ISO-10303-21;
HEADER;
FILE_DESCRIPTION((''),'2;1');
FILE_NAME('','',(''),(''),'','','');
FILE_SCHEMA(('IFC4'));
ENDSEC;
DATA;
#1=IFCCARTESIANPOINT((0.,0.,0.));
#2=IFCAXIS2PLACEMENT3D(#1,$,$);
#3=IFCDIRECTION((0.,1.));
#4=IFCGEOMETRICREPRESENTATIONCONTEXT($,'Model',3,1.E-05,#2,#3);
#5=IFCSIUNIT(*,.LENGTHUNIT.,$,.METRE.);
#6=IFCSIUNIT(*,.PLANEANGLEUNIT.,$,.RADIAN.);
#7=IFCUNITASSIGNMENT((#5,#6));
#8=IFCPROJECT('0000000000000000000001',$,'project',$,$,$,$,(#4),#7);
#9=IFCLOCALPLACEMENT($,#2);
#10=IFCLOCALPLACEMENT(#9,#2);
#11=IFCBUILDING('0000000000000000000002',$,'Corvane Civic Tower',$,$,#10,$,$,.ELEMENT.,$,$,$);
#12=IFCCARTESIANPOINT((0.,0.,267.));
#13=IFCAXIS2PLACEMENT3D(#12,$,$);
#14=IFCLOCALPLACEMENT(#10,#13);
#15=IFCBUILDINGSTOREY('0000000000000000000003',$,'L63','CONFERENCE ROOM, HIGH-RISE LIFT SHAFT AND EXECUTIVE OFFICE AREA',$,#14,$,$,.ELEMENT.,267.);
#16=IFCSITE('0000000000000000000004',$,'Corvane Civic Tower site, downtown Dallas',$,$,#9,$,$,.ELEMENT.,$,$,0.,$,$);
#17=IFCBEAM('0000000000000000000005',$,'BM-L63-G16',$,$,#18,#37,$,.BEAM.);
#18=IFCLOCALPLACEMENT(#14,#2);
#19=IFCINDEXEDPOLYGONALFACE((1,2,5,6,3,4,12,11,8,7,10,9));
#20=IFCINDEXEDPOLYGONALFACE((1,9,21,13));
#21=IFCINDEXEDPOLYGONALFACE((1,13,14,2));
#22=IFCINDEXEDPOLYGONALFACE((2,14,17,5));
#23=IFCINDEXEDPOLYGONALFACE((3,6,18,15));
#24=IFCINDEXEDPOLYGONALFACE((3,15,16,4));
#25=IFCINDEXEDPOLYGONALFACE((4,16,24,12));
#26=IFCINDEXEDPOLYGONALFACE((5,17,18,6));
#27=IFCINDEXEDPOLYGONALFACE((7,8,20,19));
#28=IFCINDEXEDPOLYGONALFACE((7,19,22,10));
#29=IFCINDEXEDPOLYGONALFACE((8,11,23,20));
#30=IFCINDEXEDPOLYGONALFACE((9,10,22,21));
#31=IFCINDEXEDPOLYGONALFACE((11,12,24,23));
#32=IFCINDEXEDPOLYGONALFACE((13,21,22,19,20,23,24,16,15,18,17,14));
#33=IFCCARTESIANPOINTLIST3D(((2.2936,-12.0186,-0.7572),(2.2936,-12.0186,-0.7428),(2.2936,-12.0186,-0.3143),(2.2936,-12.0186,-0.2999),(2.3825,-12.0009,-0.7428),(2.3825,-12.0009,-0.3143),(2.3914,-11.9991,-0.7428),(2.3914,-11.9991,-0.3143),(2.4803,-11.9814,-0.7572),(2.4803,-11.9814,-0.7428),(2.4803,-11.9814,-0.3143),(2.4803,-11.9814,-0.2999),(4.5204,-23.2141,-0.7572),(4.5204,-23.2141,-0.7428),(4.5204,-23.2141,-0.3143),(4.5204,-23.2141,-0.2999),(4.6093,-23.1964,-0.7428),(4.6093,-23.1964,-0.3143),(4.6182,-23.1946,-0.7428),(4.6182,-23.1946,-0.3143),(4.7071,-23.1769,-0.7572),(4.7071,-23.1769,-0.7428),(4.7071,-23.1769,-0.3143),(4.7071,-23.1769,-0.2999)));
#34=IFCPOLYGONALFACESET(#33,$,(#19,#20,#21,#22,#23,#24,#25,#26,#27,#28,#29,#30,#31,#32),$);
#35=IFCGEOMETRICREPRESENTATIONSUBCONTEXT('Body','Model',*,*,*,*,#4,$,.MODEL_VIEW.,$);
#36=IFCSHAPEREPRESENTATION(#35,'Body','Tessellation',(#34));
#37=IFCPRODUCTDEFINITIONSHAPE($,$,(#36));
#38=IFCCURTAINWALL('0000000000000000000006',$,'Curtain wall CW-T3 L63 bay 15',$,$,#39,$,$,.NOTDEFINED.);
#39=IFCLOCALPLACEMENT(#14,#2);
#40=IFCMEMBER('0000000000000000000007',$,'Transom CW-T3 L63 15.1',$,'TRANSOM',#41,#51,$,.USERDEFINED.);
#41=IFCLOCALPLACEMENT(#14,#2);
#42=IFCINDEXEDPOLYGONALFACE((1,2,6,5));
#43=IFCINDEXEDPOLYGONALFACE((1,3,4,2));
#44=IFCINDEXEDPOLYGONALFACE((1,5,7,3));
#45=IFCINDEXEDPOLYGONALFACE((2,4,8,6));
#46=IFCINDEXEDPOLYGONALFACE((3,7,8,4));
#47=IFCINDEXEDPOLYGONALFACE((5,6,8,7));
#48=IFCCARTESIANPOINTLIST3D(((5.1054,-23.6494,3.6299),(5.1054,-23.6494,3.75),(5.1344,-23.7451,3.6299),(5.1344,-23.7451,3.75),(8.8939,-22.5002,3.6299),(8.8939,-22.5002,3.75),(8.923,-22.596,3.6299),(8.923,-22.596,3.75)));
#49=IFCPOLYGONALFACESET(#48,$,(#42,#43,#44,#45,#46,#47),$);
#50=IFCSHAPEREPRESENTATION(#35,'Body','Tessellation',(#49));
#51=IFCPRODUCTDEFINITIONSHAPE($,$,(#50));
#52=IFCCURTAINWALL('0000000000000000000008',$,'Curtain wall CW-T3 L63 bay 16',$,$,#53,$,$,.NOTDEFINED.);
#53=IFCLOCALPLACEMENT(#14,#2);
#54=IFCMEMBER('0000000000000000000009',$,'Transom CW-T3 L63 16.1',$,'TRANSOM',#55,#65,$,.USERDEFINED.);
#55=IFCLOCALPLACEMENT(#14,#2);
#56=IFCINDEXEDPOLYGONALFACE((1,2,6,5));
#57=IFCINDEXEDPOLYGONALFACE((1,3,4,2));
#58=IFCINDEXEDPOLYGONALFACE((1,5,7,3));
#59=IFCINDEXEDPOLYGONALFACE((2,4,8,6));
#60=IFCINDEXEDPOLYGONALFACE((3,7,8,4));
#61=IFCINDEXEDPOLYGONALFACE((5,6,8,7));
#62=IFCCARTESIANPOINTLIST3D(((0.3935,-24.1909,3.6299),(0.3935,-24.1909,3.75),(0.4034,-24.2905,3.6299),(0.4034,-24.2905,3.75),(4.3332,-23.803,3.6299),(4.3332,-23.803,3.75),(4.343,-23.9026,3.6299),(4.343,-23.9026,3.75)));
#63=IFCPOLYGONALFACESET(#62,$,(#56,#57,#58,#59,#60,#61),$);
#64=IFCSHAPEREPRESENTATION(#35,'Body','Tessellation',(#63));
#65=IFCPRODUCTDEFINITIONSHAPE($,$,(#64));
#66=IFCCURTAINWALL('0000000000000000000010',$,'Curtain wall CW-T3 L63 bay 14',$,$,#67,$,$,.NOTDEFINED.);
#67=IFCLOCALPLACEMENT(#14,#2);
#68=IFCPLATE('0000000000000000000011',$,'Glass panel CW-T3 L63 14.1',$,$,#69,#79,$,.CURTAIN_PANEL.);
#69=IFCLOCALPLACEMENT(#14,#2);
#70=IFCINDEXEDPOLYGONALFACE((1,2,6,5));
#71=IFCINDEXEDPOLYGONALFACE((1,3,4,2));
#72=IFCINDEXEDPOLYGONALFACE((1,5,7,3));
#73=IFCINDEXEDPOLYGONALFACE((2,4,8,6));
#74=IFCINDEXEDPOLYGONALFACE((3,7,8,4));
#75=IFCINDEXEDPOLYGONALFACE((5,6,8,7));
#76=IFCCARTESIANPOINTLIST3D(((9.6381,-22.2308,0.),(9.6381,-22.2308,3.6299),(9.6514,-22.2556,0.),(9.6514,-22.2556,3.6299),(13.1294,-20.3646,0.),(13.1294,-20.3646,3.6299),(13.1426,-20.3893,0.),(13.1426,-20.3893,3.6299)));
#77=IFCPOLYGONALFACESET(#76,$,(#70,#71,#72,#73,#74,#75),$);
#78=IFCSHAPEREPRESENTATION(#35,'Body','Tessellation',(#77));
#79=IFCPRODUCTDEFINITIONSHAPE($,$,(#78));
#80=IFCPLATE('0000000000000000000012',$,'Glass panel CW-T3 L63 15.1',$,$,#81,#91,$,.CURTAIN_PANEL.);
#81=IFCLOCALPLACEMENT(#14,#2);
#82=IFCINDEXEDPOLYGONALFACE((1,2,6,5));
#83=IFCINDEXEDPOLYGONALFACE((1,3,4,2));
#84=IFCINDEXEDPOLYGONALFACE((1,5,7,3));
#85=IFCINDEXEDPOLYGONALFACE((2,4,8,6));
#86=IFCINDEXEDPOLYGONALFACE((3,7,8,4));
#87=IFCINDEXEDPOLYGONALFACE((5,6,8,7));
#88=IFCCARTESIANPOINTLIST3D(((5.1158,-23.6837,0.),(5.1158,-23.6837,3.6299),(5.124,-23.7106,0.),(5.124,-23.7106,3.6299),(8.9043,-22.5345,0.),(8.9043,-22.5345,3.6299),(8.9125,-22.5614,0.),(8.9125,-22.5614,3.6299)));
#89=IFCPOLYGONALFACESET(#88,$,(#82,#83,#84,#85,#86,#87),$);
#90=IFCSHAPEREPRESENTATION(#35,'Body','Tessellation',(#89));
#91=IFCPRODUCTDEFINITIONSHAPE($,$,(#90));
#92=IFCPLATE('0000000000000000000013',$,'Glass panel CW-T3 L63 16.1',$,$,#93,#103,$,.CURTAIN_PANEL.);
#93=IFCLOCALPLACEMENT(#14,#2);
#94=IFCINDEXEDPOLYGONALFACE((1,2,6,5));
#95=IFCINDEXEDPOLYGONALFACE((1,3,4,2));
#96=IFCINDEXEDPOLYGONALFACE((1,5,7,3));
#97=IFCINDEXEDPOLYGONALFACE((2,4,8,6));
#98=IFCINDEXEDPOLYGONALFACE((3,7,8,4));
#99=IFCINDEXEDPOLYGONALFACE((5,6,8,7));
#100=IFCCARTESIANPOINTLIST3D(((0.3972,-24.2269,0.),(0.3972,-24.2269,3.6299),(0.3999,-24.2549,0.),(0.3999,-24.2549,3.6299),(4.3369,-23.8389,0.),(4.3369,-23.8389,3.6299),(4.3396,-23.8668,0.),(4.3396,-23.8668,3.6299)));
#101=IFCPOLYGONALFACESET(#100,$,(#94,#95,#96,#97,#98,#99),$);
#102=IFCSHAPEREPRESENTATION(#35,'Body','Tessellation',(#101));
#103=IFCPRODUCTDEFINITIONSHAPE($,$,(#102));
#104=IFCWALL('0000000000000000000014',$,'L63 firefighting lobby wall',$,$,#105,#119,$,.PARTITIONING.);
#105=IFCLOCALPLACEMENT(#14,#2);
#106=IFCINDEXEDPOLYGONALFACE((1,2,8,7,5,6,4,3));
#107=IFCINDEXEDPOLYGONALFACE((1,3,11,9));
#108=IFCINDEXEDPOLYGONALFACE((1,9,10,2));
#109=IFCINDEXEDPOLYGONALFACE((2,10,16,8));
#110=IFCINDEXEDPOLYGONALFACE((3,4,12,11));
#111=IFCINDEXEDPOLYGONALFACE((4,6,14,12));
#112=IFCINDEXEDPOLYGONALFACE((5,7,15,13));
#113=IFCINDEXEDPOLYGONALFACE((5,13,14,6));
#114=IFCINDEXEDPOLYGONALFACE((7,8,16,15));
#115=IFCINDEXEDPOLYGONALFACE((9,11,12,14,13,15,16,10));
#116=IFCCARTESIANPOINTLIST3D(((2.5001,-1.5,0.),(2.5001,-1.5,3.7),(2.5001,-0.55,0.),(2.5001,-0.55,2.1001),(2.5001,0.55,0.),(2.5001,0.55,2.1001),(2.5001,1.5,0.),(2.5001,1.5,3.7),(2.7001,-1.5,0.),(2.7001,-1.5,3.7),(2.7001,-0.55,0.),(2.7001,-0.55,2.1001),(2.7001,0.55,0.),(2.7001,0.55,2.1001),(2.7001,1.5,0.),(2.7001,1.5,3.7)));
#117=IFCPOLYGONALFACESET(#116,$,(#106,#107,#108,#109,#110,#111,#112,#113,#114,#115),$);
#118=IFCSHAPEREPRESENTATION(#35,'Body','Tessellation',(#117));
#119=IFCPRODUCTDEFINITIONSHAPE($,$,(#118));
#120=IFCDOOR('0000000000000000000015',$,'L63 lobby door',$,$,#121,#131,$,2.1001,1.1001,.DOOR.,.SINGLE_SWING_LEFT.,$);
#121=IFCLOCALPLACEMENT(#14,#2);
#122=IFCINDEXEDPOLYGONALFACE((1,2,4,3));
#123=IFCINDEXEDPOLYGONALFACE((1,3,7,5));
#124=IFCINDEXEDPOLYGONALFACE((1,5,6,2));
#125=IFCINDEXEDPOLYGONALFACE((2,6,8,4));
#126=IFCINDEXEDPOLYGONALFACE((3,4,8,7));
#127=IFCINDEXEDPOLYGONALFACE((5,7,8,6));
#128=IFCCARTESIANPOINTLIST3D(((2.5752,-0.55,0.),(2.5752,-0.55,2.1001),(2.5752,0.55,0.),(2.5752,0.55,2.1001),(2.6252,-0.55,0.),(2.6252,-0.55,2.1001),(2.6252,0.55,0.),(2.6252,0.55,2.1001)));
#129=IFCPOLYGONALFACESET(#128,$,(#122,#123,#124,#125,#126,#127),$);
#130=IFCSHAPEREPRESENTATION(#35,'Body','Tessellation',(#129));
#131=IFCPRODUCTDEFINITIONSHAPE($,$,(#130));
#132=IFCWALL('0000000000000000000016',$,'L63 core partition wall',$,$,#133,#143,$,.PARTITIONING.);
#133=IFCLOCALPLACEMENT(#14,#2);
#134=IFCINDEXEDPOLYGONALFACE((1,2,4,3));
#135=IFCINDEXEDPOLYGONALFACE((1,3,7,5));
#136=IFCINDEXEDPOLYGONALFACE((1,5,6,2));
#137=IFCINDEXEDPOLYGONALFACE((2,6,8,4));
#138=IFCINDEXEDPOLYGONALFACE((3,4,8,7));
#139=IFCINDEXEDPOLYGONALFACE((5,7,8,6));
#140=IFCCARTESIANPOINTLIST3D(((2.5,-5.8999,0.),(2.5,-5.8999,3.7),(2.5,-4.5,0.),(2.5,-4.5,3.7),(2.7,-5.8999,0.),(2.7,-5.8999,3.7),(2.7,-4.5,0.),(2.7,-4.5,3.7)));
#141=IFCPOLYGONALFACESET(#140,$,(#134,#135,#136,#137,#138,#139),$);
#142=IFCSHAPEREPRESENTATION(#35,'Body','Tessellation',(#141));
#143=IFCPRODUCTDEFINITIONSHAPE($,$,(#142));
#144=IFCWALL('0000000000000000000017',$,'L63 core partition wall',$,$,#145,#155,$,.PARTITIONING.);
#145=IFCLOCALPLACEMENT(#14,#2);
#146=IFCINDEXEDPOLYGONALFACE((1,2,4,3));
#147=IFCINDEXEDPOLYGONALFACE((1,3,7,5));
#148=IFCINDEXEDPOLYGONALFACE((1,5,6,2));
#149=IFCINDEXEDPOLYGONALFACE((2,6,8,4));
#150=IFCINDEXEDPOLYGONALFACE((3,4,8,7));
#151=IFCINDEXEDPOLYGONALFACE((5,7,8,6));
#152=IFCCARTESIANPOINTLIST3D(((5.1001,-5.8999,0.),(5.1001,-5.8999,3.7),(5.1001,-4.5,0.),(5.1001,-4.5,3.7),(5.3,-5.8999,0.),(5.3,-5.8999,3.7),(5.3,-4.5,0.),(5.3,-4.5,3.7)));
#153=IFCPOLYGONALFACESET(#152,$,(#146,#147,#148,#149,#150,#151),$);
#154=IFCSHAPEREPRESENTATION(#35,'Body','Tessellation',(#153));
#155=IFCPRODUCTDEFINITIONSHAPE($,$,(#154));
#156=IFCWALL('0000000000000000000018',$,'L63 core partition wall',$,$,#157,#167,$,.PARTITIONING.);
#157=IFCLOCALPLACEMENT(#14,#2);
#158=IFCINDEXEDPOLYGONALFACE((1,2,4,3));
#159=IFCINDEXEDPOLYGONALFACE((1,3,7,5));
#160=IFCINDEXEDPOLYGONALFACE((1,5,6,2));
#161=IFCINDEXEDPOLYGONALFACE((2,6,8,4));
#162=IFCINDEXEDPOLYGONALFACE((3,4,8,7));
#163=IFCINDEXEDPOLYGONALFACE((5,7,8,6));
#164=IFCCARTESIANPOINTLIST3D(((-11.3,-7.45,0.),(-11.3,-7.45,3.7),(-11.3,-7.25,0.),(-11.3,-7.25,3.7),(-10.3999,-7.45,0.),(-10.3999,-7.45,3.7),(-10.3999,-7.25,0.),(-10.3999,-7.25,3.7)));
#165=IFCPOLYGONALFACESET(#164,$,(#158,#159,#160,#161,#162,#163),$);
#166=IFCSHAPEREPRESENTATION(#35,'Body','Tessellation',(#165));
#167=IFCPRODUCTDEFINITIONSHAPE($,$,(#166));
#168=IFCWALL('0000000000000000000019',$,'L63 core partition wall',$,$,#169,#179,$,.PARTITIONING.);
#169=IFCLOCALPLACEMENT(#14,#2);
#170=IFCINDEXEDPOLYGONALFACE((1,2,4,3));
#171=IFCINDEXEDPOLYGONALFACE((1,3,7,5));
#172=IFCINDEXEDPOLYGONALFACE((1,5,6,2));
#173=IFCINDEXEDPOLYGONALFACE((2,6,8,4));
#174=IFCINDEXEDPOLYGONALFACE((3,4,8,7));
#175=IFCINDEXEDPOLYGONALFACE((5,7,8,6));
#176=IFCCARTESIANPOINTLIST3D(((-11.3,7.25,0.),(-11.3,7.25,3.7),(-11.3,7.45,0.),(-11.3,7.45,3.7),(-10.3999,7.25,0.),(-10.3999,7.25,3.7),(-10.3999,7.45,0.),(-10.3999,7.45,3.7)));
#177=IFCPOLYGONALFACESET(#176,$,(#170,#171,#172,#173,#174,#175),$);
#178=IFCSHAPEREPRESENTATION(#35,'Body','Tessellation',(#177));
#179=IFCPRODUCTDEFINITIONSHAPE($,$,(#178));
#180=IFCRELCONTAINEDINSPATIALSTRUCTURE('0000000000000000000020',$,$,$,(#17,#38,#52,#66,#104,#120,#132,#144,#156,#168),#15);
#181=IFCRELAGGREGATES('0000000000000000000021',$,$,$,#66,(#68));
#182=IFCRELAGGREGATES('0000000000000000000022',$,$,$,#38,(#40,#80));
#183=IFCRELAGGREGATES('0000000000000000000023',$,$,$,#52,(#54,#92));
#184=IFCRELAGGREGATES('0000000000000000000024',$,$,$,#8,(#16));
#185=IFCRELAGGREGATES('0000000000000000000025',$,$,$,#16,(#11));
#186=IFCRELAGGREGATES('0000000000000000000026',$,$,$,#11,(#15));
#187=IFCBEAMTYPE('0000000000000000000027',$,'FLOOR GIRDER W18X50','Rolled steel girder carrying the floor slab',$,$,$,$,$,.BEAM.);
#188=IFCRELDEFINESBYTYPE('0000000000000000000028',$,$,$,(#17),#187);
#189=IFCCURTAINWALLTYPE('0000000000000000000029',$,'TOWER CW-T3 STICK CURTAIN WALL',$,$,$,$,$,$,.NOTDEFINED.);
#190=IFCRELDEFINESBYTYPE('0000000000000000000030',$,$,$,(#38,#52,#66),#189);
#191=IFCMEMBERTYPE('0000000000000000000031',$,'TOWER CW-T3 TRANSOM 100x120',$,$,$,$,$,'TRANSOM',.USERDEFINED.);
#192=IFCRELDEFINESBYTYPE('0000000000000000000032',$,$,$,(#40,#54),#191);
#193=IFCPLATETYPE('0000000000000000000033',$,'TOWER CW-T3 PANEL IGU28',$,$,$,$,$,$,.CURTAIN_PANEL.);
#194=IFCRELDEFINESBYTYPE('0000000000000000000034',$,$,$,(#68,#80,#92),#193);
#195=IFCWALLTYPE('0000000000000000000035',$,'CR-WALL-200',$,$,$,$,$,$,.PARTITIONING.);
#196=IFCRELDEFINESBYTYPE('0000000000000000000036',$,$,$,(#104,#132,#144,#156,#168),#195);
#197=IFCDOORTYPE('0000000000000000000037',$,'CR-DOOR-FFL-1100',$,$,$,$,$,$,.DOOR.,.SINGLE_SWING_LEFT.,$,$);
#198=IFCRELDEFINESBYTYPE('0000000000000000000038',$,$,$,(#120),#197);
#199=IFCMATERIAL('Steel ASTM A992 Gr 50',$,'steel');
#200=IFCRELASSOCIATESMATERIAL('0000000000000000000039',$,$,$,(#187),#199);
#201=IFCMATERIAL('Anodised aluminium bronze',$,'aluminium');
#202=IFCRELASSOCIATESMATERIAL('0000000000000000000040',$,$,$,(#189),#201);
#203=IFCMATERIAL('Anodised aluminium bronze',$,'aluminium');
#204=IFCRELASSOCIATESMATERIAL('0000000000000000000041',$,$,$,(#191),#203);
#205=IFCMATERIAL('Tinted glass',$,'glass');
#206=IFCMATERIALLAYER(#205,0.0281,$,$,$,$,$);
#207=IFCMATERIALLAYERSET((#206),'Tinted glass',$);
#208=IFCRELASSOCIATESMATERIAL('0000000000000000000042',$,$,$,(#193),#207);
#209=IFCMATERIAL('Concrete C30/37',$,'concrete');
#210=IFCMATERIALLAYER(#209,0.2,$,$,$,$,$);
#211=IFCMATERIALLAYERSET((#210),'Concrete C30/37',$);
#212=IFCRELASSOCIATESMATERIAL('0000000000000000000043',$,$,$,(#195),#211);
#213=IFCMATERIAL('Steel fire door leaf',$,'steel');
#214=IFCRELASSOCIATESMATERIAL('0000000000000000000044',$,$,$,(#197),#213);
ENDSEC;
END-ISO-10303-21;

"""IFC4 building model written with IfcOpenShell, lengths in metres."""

from ifc_helpers import new_model, si_unit, direction, frame, frame_2d, origin, origin_2d, place, context, subcontext, project, spatial, polyline, rectangle, i_section, outline, extrude, material, layer, layer_set, material_profile, profile_set, type_object, element, fill, aggregate, save


model = new_model("IFC4")

# Units and contexts
model_context = context("Model", 3, precision=1e-05, world=origin(), true_north=direction((0.0, 1.0)))
body_context = subcontext(model_context, "Body", "Model", "MODEL_VIEW")
ifc_project = project(units=[si_unit("LENGTHUNIT", "METRE"), si_unit("PLANEANGLEUNIT", "RADIAN")], contexts=[model_context])

# Site, building, storey
site_placement = place(None, origin())
site = spatial("IfcSite", under=ifc_project, at=site_placement, Name="Corvane Civic Tower site, downtown Dallas", CompositionType="ELEMENT", RefElevation=0.0)
building_placement = place(site_placement, origin())
building = spatial("IfcBuilding", under=site, at=building_placement, Name="Corvane Civic Tower", CompositionType="ELEMENT")
storey_placement = place(building_placement, frame((0.0, 0.0, 267.0)))
storey = spatial("IfcBuildingStorey", under=building, at=storey_placement, Name="L63", Description="CONFERENCE ROOM, HIGH-RISE LIFT SHAFT AND EXECUTIVE OFFICE AREA", CompositionType="ELEMENT", Elevation=267.0)

# Beam
ifc_material_1 = material(Name="Steel ASTM A992 Gr 50", Category="steel")
ifc_material_profile_1 = material_profile(ifc_material_1, i_section(OverallWidth=0.1904, OverallDepth=0.4573, WebThickness=0.009, FlangeThickness=0.0144, at=origin_2d()), Name="W18X50")
ifc_profile_set_1 = profile_set([ifc_material_profile_1], Name="Steel ASTM A992 Gr 50")
beam_type_1 = type_object("IfcBeamType", Name="FLOOR GIRDER W18X50", Description="Rolled steel girder carrying the floor slab", PredefinedType="BEAM", material=ifc_profile_set_1)
beam_1_placement = place(storey_placement, frame((2.387, -12.0, -0.5286), z_axis=(0.19508, -0.980787, 0.0), x_axis=(0.980787, 0.19508, 0.0)))
element("IfcBeam", 1, at=beam_1_placement, inside=storey, type_object=beam_type_1, Name="BM-L63-G16", PredefinedType="BEAM", context=body_context, shape_type="SweptSolid", body=[
    extrude(i_section(OverallWidth=0.1904, OverallDepth=0.4573, WebThickness=0.009, FlangeThickness=0.0144, at=origin_2d()), origin(), (0.0, 0.0, 1.0), 11.4148),
])

# Curtain walls, members
ifc_material_2 = material(Name="Anodised aluminium bronze", Category="aluminium")
curtain_wall_type = type_object("IfcCurtainWallType", Name="TOWER CW-T3 STICK CURTAIN WALL", PredefinedType="NOTDEFINED", material=ifc_material_2)
curtain_wall_1_placement = place(storey_placement, origin())
curtain_wall_1 = element("IfcCurtainWall", 2, at=curtain_wall_1_placement, inside=storey, type_object=curtain_wall_type, Name="Curtain wall CW-T3 L63 bay 15", PredefinedType="NOTDEFINED")
ifc_material_3 = material(Name="Anodised aluminium bronze", Category="aluminium")
ifc_material_profile_2 = material_profile(ifc_material_3, rectangle(XDim=0.1001, YDim=0.1201, at=origin_2d()), Name="TOWER CW-T3 TRANSOM 100x120")
ifc_profile_set_2 = profile_set([ifc_material_profile_2], Name="Anodised aluminium bronze")
member_type = type_object("IfcMemberType", Name="TOWER CW-T3 TRANSOM 100x120", ElementType="TRANSOM", PredefinedType="USERDEFINED", material=ifc_profile_set_2)
member_1_placement = place(storey_placement, frame((8.9084, -22.5481, 3.6899), z_axis=(-0.956946, -0.290266, 0.0), x_axis=(0.290266, -0.956946, 0.0)))
member_1 = element("IfcMember", 3, at=member_1_placement, type_object=member_type, Name="Transom CW-T3 L63 15.1", ObjectType="TRANSOM", PredefinedType="USERDEFINED", context=body_context, shape_type="SweptSolid", body=[
    extrude(rectangle(XDim=0.1001, YDim=0.1201, at=origin_2d()), origin(), (0.0, 0.0, 1.0), 3.959),
])
curtain_wall_2_placement = place(storey_placement, origin())
curtain_wall_2 = element("IfcCurtainWall", 4, at=curtain_wall_2_placement, inside=storey, type_object=curtain_wall_type, Name="Curtain wall CW-T3 L63 bay 16", PredefinedType="NOTDEFINED")
member_2_placement = place(storey_placement, frame((4.3381, -23.8528, 3.6899), z_axis=(-0.995187, -0.097995, 0.0), x_axis=(0.097995, -0.995187, 0.0)))
member_2 = element("IfcMember", 5, at=member_2_placement, type_object=member_type, Name="Transom CW-T3 L63 16.1", ObjectType="TRANSOM", PredefinedType="USERDEFINED", context=body_context, shape_type="SweptSolid", body=[
    extrude(rectangle(XDim=0.1001, YDim=0.1201, at=origin_2d()), origin(), (0.0, 0.0, 1.0), 3.9587),
])

# Curtain wall, plate
curtain_wall_3_placement = place(storey_placement, origin())
curtain_wall_3 = element("IfcCurtainWall", 6, at=curtain_wall_3_placement, inside=storey, type_object=curtain_wall_type, Name="Curtain wall CW-T3 L63 bay 14", PredefinedType="NOTDEFINED")
ifc_material_4 = material(Name="Tinted glass", Category="glass")
ifc_layer_1 = layer(ifc_material_4, 0.0281)
ifc_layer_set_1 = layer_set([ifc_layer_1], Name="Tinted glass")
plate_type = type_object("IfcPlateType", Name="TOWER CW-T3 PANEL IGU28", PredefinedType="CURTAIN_PANEL", material=ifc_layer_set_1)
plate_1_placement = place(storey_placement, frame((11.3904, -21.3101, 0.0), z_axis=(0.0, 0.0, 1.0), x_axis=(-0.881908, -0.471421, 0.0)))
plate_1 = element("IfcPlate", 7, at=plate_1_placement, type_object=plate_type, Name="Glass panel CW-T3 L63 14.1", PredefinedType="CURTAIN_PANEL", context=body_context, shape_type="SweptSolid", body=[
    extrude(rectangle(XDim=3.9587, YDim=0.0281, at=origin_2d()), origin(), (0.0, 0.0, 1.0), 3.6299),
])
aggregate(curtain_wall_3, [plate_1])

# Plates
plate_2_placement = place(storey_placement, frame((7.0142, -23.1226, 0.0), z_axis=(0.0, 0.0, 1.0), x_axis=(-0.956944, -0.290274, 0.0)))
plate_2 = element("IfcPlate", 8, at=plate_2_placement, type_object=plate_type, Name="Glass panel CW-T3 L63 15.1", PredefinedType="CURTAIN_PANEL", context=body_context, shape_type="SweptSolid", body=[
    extrude(rectangle(XDim=3.959, YDim=0.0281, at=origin_2d()), origin(), (0.0, 0.0, 1.0), 3.6299),
])
aggregate(curtain_wall_1, [member_1, plate_2])
plate_3_placement = place(storey_placement, frame((2.3684, -24.0469, 0.0), z_axis=(0.0, 0.0, 1.0), x_axis=(-0.995184, -0.098021, 0.0)))
plate_3 = element("IfcPlate", 9, at=plate_3_placement, type_object=plate_type, Name="Glass panel CW-T3 L63 16.1", PredefinedType="CURTAIN_PANEL", context=body_context, shape_type="SweptSolid", body=[
    extrude(rectangle(XDim=3.9587, YDim=0.0281, at=origin_2d()), origin(), (0.0, 0.0, 1.0), 3.6299),
])
aggregate(curtain_wall_2, [member_2, plate_3])

# Wall, opening, door
ifc_material_5 = material(Name="Concrete C30/37", Category="concrete")
ifc_layer_2 = layer(ifc_material_5, 0.2)
ifc_layer_set_2 = layer_set([ifc_layer_2], Name="Concrete C30/37")
wall_type_1 = type_object("IfcWallType", Name="CR-WALL-200", PredefinedType="PARTITIONING", material=ifc_layer_set_2)
wall_1_placement = place(storey_placement, frame((2.6001, -1.5, 0.0), z_axis=(0.0, 0.0, 1.0), x_axis=(0.0, 1.0, 0.0)))
wall_1 = element("IfcWall", 10, at=wall_1_placement, inside=storey, type_object=wall_type_1, Name="L63 firefighting lobby wall", PredefinedType="PARTITIONING", context=body_context, shape_type="SweptSolid", body=[
    extrude(rectangle(XDim=3.0, YDim=0.2, at=frame_2d((1.5, 0.0))), origin(), (0.0, 0.0, 1.0), 3.7),
])
opening_1_placement = place(wall_1_placement, frame((0.95, 0.0, 0.0)))
opening_1 = element("IfcOpeningElement", 11, at=opening_1_placement, cuts=wall_1, PredefinedType="OPENING", context=body_context, shape_type="SweptSolid", body=[
    extrude(rectangle(XDim=1.1001, YDim=2.1001, at=frame_2d((0.55, 1.05))), frame((0.0, 0.1099, 0.0), z_axis=(0.0, -1.0, 0.0), x_axis=(1.0, 0.0, 0.0)), (0.0, 0.0, 1.0), 0.22),
])
ifc_material_6 = material(Name="Steel fire door leaf", Category="steel")
door_type_1 = type_object("IfcDoorType", Name="CR-DOOR-FFL-1100", OperationType="SINGLE_SWING_LEFT", PredefinedType="DOOR", material=ifc_material_6)
door_1_placement = place(opening_1_placement, origin())
door_1 = element("IfcDoor", 12, at=door_1_placement, inside=storey, type_object=door_type_1, Name="L63 lobby door", OperationType="SINGLE_SWING_LEFT", OverallHeight=2.1001, OverallWidth=1.1001, PredefinedType="DOOR", context=body_context, shape_type="SweptSolid", body=[
    extrude(rectangle(XDim=1.1001, YDim=2.1001, at=frame_2d((0.55, 1.05))), frame((0.0, 0.0249, 0.0), z_axis=(0.0, -1.0, 0.0), x_axis=(1.0, 0.0, 0.0)), (0.0, 0.0, 1.0), 0.05),
])
fill(opening_1, door_1)

# Walls
wall_2_placement = place(storey_placement, origin())
element("IfcWall", 13, at=wall_2_placement, inside=storey, type_object=wall_type_1, Name="L63 core partition wall", PredefinedType="PARTITIONING", context=body_context, shape_type="SweptSolid", body=[
    extrude(outline(polyline([(2.7, -5.8999), (2.5, -5.8999), (2.5, -4.5), (2.7, -4.5), (2.7, -5.8999)])), origin(), (0.0, 0.0, 1.0), 3.7),
])
wall_3_placement = place(storey_placement, origin())
element("IfcWall", 14, at=wall_3_placement, inside=storey, type_object=wall_type_1, Name="L63 core partition wall", PredefinedType="PARTITIONING", context=body_context, shape_type="SweptSolid", body=[
    extrude(outline(polyline([(5.3, -5.8999), (5.1001, -5.8999), (5.1001, -4.5), (5.3, -4.5), (5.3, -5.8999)])), origin(), (0.0, 0.0, 1.0), 3.7),
])
wall_4_placement = place(storey_placement, origin())
element("IfcWall", 15, at=wall_4_placement, inside=storey, type_object=wall_type_1, Name="L63 core partition wall", PredefinedType="PARTITIONING", context=body_context, shape_type="SweptSolid", body=[
    extrude(outline(polyline([(-10.3999, -7.45), (-11.3, -7.45), (-11.3, -7.25), (-10.3999, -7.25), (-10.3999, -7.45)])), origin(), (0.0, 0.0, 1.0), 3.7),
])
wall_5_placement = place(storey_placement, origin())
element("IfcWall", 16, at=wall_5_placement, inside=storey, type_object=wall_type_1, Name="L63 core partition wall", PredefinedType="PARTITIONING", context=body_context, shape_type="SweptSolid", body=[
    extrude(outline(polyline([(-11.3, 7.25), (-11.3, 7.45), (-10.3999, 7.45), (-10.3999, 7.25), (-11.3, 7.25)])), origin(), (0.0, 0.0, 1.0), 3.7),
])

save(model, "model.ifc")
